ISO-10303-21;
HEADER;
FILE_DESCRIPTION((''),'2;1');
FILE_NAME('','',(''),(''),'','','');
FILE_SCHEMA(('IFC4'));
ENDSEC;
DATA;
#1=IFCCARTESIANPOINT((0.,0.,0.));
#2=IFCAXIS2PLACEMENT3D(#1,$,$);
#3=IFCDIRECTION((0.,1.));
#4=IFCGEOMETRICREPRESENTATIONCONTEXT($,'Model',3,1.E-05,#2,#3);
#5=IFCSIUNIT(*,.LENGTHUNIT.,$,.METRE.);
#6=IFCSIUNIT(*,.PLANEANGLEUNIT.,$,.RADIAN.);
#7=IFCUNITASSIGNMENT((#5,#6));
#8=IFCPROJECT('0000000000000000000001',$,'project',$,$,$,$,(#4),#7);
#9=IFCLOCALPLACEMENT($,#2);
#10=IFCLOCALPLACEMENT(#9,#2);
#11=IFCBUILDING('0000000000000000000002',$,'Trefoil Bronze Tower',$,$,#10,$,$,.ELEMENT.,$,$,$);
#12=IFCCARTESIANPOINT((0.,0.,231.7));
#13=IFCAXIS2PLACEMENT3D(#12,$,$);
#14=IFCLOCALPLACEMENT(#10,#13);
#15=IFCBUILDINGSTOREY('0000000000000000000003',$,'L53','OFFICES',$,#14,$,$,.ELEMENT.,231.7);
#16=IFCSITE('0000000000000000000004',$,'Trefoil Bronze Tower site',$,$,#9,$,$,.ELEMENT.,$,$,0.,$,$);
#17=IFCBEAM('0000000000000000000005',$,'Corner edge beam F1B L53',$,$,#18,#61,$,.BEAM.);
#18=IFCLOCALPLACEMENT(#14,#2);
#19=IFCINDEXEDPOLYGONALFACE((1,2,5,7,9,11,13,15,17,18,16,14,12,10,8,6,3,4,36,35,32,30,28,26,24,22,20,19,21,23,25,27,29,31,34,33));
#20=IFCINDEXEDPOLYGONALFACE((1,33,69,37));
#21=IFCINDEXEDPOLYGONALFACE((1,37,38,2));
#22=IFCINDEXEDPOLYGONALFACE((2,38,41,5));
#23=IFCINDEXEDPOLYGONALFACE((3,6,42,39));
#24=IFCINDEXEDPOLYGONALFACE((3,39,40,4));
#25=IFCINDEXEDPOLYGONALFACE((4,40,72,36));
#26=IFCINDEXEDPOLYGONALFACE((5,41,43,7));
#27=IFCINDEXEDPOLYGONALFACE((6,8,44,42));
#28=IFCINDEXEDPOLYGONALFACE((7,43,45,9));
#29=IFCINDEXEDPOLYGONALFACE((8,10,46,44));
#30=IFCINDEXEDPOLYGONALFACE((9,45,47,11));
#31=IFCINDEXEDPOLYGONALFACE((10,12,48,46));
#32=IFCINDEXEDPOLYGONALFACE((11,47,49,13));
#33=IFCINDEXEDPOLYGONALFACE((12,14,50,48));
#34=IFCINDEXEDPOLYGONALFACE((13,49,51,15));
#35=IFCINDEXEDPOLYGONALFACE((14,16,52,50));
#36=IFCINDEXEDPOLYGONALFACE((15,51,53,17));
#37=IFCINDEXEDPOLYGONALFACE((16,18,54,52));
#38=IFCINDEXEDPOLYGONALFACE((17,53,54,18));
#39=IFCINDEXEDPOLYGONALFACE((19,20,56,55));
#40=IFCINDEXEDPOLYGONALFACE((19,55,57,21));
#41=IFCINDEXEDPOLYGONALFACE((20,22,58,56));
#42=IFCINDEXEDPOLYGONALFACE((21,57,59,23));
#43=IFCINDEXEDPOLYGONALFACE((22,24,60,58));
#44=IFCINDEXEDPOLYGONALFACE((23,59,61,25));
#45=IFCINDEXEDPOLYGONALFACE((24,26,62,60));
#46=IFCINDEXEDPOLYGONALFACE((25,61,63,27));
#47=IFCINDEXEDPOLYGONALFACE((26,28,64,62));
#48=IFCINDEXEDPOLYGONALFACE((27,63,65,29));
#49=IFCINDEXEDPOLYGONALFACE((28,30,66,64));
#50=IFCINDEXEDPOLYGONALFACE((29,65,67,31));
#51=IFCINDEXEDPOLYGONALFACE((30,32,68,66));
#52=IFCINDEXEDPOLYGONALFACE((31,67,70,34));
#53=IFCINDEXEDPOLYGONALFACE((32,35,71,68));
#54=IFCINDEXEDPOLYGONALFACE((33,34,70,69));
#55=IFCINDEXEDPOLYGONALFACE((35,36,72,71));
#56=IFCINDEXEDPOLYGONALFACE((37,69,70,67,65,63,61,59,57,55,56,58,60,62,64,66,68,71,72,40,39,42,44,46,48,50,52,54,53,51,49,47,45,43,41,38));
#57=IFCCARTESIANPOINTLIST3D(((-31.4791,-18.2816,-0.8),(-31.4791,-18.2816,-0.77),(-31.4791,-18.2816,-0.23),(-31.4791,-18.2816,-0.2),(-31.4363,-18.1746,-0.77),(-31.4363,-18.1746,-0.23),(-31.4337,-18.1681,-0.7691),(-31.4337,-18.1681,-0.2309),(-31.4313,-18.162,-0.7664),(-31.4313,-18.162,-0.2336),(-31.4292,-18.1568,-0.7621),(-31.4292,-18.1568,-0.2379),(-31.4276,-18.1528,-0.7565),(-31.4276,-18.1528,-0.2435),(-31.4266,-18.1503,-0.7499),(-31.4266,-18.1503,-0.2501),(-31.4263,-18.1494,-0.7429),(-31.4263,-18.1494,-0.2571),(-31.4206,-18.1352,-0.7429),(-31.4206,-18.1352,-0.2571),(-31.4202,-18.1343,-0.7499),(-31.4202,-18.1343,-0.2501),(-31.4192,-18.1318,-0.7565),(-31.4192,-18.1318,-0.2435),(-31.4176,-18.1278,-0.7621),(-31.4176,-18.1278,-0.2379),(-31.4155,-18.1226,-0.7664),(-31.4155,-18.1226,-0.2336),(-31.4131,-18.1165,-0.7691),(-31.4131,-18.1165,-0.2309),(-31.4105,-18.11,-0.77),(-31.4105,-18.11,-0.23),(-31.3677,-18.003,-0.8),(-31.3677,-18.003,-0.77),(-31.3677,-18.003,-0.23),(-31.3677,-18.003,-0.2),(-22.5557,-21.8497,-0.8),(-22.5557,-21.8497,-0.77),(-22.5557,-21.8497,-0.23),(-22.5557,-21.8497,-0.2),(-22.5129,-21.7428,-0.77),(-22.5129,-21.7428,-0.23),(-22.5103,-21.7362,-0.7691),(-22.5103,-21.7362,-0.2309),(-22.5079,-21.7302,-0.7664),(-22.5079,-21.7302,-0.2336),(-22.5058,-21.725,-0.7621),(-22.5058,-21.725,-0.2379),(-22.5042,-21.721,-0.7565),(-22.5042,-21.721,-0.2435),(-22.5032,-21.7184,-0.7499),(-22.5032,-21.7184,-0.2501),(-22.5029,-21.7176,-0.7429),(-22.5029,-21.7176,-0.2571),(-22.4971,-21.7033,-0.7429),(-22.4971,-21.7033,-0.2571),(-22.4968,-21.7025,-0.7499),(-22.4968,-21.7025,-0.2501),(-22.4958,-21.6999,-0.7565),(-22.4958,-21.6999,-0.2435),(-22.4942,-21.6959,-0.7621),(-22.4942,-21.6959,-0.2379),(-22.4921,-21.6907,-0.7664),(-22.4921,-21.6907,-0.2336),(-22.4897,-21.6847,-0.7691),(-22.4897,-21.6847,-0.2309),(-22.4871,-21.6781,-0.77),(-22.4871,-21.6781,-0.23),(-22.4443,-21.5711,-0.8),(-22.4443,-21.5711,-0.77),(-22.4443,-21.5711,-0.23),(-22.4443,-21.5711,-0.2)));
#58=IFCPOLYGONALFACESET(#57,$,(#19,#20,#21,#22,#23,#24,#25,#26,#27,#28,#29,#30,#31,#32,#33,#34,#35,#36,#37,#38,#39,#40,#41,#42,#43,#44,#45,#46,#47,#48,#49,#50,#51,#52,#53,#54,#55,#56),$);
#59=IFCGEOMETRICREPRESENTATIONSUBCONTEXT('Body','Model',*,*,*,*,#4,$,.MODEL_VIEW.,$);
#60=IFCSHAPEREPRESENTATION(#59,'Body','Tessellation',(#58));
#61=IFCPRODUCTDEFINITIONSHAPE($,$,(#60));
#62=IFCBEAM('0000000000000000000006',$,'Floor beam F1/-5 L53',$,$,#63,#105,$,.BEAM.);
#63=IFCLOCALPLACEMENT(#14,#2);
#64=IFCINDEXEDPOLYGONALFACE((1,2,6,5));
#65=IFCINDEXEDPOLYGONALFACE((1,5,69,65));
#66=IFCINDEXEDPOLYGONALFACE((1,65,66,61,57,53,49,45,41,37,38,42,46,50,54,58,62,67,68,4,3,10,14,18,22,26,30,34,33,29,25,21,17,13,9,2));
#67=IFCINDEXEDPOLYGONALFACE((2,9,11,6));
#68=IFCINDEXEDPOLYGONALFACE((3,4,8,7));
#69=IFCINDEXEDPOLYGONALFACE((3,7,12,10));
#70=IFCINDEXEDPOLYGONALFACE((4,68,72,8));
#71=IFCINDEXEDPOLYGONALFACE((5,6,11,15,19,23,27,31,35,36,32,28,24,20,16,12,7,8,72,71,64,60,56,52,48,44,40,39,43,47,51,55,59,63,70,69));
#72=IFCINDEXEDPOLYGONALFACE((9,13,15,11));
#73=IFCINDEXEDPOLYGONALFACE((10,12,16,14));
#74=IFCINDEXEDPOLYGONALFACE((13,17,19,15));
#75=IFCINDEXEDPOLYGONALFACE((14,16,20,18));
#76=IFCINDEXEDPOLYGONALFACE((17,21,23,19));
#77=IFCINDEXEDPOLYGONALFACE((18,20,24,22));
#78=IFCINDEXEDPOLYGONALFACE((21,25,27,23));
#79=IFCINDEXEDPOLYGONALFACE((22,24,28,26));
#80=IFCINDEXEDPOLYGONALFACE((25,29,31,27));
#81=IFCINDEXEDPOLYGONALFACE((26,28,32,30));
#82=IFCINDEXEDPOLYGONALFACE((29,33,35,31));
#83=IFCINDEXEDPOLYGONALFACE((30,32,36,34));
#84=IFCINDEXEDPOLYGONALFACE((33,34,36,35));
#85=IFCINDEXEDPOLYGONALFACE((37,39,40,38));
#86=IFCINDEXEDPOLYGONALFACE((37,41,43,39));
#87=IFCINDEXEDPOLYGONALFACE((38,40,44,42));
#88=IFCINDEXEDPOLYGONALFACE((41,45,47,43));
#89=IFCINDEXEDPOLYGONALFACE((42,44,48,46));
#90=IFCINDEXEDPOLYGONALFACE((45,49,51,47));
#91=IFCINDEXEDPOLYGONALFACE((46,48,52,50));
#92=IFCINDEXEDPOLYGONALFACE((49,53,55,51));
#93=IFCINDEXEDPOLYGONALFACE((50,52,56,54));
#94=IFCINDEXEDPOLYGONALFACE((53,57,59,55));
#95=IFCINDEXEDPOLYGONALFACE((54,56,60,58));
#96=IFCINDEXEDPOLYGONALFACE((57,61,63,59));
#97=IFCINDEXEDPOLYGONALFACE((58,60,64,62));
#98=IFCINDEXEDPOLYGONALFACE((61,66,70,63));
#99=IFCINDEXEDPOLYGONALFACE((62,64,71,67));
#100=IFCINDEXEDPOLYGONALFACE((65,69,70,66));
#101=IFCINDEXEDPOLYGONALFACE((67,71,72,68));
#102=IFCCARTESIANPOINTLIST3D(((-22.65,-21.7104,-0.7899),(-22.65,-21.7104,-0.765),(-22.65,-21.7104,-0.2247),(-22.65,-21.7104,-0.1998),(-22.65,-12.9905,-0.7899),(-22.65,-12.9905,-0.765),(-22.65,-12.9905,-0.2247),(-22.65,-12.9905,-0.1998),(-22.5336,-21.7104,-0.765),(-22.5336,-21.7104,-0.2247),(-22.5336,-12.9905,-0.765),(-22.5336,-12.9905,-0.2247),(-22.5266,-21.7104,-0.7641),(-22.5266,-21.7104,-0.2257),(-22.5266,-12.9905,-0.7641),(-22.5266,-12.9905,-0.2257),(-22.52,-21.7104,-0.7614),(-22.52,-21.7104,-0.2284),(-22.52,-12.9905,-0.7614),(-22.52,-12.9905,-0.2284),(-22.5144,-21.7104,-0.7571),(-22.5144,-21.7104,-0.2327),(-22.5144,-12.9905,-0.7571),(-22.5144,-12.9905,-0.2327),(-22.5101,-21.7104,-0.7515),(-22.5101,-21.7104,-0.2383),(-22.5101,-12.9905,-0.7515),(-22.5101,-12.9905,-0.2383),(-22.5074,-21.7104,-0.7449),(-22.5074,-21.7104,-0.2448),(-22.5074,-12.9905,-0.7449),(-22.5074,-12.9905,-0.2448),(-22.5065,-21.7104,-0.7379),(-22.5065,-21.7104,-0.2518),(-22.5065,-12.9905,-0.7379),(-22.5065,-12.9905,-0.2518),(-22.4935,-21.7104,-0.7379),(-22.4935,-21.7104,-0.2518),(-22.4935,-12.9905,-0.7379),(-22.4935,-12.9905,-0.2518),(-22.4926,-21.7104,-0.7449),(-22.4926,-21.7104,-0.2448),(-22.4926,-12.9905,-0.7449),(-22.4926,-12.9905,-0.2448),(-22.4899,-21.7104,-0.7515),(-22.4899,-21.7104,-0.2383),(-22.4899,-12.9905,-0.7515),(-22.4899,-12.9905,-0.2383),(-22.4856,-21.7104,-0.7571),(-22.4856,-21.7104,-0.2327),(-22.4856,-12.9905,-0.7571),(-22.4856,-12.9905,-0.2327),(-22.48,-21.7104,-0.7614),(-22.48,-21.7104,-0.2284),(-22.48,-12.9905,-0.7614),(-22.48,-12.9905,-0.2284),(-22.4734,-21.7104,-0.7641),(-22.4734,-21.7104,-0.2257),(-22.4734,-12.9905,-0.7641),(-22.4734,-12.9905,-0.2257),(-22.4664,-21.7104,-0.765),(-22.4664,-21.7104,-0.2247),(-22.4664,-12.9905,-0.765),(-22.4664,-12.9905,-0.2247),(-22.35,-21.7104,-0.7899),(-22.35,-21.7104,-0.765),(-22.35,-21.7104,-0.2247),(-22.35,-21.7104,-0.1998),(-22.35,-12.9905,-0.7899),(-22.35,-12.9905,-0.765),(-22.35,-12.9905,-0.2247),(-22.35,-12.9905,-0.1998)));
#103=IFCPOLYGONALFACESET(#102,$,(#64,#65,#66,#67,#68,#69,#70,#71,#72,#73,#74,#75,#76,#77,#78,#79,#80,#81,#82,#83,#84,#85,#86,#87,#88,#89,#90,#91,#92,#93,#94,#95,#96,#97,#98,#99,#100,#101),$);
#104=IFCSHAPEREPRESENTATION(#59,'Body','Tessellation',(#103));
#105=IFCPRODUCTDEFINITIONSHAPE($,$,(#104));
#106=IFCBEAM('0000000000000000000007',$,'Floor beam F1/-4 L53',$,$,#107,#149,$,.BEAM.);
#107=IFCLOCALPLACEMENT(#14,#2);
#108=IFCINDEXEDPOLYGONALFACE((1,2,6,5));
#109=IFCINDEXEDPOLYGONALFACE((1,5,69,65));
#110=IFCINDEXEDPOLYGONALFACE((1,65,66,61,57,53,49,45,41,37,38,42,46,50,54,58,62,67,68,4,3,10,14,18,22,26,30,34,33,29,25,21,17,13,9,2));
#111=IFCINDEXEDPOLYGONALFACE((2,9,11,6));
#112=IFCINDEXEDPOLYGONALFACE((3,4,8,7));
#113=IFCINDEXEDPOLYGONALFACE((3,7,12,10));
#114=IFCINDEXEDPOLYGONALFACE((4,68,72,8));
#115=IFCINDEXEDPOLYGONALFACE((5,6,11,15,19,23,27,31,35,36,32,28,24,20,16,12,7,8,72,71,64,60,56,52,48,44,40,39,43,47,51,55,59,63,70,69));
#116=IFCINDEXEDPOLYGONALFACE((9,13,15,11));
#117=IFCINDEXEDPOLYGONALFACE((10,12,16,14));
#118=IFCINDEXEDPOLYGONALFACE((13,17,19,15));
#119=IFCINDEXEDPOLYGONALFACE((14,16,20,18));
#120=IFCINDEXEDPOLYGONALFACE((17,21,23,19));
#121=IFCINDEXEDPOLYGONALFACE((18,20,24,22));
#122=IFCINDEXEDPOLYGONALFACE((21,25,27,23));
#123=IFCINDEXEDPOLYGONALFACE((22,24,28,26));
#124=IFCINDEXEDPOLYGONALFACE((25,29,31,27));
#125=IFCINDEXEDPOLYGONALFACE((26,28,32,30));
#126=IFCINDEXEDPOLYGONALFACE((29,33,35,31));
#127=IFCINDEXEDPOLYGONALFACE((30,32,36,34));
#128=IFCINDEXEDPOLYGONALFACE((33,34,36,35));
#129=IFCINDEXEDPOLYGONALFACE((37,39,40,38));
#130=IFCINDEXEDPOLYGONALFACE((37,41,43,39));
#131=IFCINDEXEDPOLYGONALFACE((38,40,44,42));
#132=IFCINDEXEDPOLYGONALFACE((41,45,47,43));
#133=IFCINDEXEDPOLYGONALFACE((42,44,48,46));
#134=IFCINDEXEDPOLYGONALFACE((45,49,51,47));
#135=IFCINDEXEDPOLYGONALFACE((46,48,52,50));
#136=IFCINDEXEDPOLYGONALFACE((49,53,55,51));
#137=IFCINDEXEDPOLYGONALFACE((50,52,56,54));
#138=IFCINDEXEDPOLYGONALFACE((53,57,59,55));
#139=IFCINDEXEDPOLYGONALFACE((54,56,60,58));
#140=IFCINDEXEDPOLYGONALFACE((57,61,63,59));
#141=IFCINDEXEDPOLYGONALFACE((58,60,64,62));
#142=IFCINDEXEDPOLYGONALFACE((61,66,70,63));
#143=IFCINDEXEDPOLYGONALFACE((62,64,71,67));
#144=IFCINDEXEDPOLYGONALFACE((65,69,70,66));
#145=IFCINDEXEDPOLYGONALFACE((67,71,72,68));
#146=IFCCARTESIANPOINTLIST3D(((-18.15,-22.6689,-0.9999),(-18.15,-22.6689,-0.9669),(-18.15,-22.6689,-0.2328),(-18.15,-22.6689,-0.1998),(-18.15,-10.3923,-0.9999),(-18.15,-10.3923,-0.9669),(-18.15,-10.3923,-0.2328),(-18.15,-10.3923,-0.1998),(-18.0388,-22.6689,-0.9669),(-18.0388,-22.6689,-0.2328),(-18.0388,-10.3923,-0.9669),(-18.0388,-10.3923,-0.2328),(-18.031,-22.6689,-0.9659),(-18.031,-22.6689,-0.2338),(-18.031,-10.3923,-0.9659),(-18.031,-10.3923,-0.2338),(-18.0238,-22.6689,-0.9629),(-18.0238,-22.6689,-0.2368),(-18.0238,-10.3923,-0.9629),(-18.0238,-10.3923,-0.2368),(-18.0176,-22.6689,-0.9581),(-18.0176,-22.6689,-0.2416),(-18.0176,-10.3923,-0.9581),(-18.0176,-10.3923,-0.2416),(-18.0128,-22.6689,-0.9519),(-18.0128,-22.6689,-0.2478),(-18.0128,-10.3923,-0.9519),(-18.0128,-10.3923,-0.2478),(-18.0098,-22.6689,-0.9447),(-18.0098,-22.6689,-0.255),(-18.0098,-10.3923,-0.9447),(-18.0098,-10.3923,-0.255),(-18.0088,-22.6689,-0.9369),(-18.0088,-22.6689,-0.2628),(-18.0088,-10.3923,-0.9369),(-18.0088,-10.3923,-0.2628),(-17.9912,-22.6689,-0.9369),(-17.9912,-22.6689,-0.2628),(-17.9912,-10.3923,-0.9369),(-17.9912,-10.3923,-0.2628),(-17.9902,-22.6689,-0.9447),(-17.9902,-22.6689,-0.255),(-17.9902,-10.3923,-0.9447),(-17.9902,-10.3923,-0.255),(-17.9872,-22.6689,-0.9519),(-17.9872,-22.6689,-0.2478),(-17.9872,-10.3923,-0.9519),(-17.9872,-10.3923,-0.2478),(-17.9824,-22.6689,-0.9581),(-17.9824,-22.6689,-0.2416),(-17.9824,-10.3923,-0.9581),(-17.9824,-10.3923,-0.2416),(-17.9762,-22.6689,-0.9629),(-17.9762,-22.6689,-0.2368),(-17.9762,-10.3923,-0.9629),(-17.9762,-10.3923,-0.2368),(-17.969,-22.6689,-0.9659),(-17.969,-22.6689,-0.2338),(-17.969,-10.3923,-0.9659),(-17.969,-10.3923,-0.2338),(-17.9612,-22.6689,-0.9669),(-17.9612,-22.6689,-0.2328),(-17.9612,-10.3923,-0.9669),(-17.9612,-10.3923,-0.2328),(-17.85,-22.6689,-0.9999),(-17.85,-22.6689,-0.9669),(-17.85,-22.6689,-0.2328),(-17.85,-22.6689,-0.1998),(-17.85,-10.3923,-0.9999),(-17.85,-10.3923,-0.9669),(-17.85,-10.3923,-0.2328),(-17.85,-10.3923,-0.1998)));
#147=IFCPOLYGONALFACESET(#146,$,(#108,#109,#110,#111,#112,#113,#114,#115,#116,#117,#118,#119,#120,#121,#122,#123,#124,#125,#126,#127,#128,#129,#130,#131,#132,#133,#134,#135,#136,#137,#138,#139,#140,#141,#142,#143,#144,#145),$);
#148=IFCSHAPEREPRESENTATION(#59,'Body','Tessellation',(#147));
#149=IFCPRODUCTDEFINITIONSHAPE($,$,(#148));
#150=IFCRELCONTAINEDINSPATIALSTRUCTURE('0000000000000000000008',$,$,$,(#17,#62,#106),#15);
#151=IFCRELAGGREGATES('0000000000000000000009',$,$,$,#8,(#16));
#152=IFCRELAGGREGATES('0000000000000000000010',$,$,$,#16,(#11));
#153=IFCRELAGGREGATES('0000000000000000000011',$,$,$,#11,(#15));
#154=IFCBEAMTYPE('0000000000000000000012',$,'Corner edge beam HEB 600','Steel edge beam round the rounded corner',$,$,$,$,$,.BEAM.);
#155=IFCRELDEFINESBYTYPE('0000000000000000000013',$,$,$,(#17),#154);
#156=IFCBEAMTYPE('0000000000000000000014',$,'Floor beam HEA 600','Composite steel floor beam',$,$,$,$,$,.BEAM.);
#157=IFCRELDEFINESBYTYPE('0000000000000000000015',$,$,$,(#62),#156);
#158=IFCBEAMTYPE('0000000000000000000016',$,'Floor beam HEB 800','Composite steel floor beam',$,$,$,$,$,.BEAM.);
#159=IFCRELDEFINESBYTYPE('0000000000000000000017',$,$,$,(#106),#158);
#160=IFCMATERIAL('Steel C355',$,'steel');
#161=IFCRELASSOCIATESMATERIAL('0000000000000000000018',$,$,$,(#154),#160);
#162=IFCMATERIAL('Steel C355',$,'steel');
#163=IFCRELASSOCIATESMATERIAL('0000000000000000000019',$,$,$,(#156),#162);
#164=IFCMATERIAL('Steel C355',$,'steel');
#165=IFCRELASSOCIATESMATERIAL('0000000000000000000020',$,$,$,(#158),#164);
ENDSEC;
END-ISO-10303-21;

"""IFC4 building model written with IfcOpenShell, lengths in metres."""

from ifc_helpers import new_model, si_unit, direction, frame, origin, origin_2d, place, context, subcontext, project, spatial, i_section, extrude, material, material_profile, profile_set, type_object, element, save


model = new_model("IFC4")

# Units and contexts
model_context = context("Model", 3, precision=1e-05, world=origin(), true_north=direction((0.0, 1.0)))
body_context = subcontext(model_context, "Body", "Model", "MODEL_VIEW")
ifc_project = project(units=[si_unit("LENGTHUNIT", "METRE"), si_unit("PLANEANGLEUNIT", "RADIAN")], contexts=[model_context])

# Site, building, storey
site_placement = place(None, origin())
site = spatial("IfcSite", under=ifc_project, at=site_placement, Name="Trefoil Bronze Tower site", CompositionType="ELEMENT", RefElevation=0.0)
building_placement = place(site_placement, origin())
building = spatial("IfcBuilding", under=site, at=building_placement, Name="Trefoil Bronze Tower", CompositionType="ELEMENT")
storey_placement = place(building_placement, frame((0.0, 0.0, 231.7)))
storey = spatial("IfcBuildingStorey", under=building, at=storey_placement, Name="L53", Description="OFFICES", CompositionType="ELEMENT", Elevation=231.7)

# Beams
ifc_material_1 = material(Name="Steel C355", Category="steel")
ifc_material_profile_1 = material_profile(ifc_material_1, i_section(OverallWidth=0.3, OverallDepth=0.6001, WebThickness=0.0154, FlangeThickness=0.03, FilletRadius=0.0271, at=origin_2d()), Name="HEB 600")
ifc_profile_set_1 = profile_set([ifc_material_profile_1], Name="Steel C355")
beam_type_1 = type_object("IfcBeamType", Name="Corner edge beam HEB 600", Description="Steel edge beam round the rounded corner", PredefinedType="BEAM", material=ifc_profile_set_1)
beam_1_placement = place(storey_placement, frame((-22.5, -21.7104, -0.5), z_axis=(-0.92852, 0.371281, 0.0), x_axis=(-0.371281, -0.92852, 0.0)))
element("IfcBeam", 1, at=beam_1_placement, inside=storey, type_object=beam_type_1, Name="Corner edge beam F1B L53", PredefinedType="BEAM", context=body_context, shape_type="SweptSolid", body=[
    extrude(i_section(OverallWidth=0.3, OverallDepth=0.6001, WebThickness=0.0154, FlangeThickness=0.03, FilletRadius=0.0271, at=origin_2d()), origin(), (0.0, 0.0, 1.0), 9.6104),
])
ifc_material_2 = material(Name="Steel C355", Category="steel")
ifc_material_profile_2 = material_profile(ifc_material_2, i_section(OverallWidth=0.3, OverallDepth=0.5901, WebThickness=0.0129, FlangeThickness=0.0249, FilletRadius=0.0271, at=origin_2d()), Name="HEA 600")
ifc_profile_set_2 = profile_set([ifc_material_profile_2], Name="Steel C355")
beam_type_2 = type_object("IfcBeamType", Name="Floor beam HEA 600", Description="Composite steel floor beam", PredefinedType="BEAM", material=ifc_profile_set_2)
beam_2_placement = place(storey_placement, frame((-22.5, -21.7104, -0.4949), z_axis=(0.0, 1.0, 0.0), x_axis=(-1.0, 0.0, 0.0)))
element("IfcBeam", 2, at=beam_2_placement, inside=storey, type_object=beam_type_2, Name="Floor beam F1/-5 L53", PredefinedType="BEAM", context=body_context, shape_type="SweptSolid", body=[
    extrude(i_section(OverallWidth=0.3, OverallDepth=0.5901, WebThickness=0.0129, FlangeThickness=0.0249, FilletRadius=0.0271, at=origin_2d()), origin(), (0.0, 0.0, 1.0), 8.72),
])
ifc_material_3 = material(Name="Steel C355", Category="steel")
ifc_material_profile_3 = material_profile(ifc_material_3, i_section(OverallWidth=0.3, OverallDepth=0.8, WebThickness=0.0176, FlangeThickness=0.033, FilletRadius=0.03, at=origin_2d()), Name="HEB 800")
ifc_profile_set_3 = profile_set([ifc_material_profile_3], Name="Steel C355")
beam_type_3 = type_object("IfcBeamType", Name="Floor beam HEB 800", Description="Composite steel floor beam", PredefinedType="BEAM", material=ifc_profile_set_3)
beam_3_placement = place(storey_placement, frame((-18.0, -22.6689, -0.5999), z_axis=(0.0, 1.0, 0.0), x_axis=(-1.0, 0.0, 0.0)))
element("IfcBeam", 3, at=beam_3_placement, inside=storey, type_object=beam_type_3, Name="Floor beam F1/-4 L53", PredefinedType="BEAM", context=body_context, shape_type="SweptSolid", body=[
    extrude(i_section(OverallWidth=0.3, OverallDepth=0.8, WebThickness=0.0176, FlangeThickness=0.033, FilletRadius=0.03, at=origin_2d()), origin(), (0.0, 0.0, 1.0), 12.2766),
])

save(model, "model.ifc")
